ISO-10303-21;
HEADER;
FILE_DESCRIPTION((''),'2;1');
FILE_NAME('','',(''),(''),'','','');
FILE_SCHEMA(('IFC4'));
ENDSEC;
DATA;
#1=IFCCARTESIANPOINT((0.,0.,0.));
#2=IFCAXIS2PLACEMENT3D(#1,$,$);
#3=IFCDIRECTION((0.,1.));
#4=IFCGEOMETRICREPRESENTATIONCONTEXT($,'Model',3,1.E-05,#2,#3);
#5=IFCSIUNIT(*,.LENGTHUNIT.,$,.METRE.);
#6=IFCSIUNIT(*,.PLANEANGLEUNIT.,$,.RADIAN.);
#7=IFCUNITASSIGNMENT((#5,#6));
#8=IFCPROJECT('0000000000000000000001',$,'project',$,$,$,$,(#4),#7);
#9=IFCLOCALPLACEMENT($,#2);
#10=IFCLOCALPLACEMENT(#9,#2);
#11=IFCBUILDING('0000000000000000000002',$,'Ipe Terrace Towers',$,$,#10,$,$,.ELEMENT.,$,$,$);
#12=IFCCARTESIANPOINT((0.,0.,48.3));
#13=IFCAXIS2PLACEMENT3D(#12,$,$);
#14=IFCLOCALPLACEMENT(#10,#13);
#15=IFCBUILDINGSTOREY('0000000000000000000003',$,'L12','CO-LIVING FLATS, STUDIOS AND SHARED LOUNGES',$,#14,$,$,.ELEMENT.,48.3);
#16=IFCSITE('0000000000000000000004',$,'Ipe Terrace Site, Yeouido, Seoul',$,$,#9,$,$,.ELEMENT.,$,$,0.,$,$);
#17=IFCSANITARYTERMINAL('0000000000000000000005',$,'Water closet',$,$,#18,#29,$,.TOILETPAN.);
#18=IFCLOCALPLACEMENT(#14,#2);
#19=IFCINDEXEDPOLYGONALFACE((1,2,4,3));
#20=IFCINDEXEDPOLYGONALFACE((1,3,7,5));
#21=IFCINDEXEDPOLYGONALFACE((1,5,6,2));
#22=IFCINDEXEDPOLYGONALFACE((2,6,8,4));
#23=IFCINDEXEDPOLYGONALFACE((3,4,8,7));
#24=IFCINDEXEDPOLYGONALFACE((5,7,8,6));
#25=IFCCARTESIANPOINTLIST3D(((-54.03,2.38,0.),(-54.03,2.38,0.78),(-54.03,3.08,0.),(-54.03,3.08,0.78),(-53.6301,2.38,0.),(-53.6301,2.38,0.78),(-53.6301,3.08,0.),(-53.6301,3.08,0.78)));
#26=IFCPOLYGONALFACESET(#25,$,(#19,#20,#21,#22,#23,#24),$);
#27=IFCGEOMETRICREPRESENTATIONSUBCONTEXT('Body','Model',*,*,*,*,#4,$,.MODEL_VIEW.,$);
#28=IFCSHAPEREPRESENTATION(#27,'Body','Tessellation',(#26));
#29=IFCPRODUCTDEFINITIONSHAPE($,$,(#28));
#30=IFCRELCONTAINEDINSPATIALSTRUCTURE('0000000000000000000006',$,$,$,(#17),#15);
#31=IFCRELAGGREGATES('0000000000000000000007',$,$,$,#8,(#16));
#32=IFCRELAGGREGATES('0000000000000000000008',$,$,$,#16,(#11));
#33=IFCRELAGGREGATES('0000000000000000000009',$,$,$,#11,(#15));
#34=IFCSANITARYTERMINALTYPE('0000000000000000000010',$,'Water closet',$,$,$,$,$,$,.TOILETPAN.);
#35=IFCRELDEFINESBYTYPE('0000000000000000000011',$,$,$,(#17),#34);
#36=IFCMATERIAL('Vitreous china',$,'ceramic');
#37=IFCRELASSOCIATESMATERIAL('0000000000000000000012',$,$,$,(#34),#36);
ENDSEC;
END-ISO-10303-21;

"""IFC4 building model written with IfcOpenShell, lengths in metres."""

from ifc_helpers import new_model, si_unit, direction, frame, origin, origin_2d, place, context, subcontext, project, spatial, rectangle, extrude, material, type_object, element, save


model = new_model("IFC4")

# Units and contexts
model_context = context("Model", 3, precision=1e-05, world=origin(), true_north=direction((0.0, 1.0)))
body_context = subcontext(model_context, "Body", "Model", "MODEL_VIEW")
ifc_project = project(units=[si_unit("LENGTHUNIT", "METRE"), si_unit("PLANEANGLEUNIT", "RADIAN")], contexts=[model_context])

# Site, building, storey
site_placement = place(None, origin())
site = spatial("IfcSite", under=ifc_project, at=site_placement, Name="Ipe Terrace Site, Yeouido, Seoul", CompositionType="ELEMENT", RefElevation=0.0)
building_placement = place(site_placement, origin())
building = spatial("IfcBuilding", under=site, at=building_placement, Name="Ipe Terrace Towers", CompositionType="ELEMENT")
storey_placement = place(building_placement, frame((0.0, 0.0, 48.3)))
storey = spatial("IfcBuildingStorey", under=building, at=storey_placement, Name="L12", Description="CO-LIVING FLATS, STUDIOS AND SHARED LOUNGES", CompositionType="ELEMENT", Elevation=48.3)

# Sanitary terminal
ifc_material_1 = material(Name="Vitreous china", Category="ceramic")
sanitary_terminal_type_1 = type_object("IfcSanitaryTerminalType", Name="Water closet", PredefinedType="TOILETPAN", material=ifc_material_1)
sanitary_terminal_1_placement = place(storey_placement, frame((-53.8301, 2.73, 0.0), z_axis=(0.0, 0.0, 1.0), x_axis=(0.0, -1.0, 0.0)))
element("IfcSanitaryTerminal", 1, at=sanitary_terminal_1_placement, inside=storey, type_object=sanitary_terminal_type_1, Name="Water closet", PredefinedType="TOILETPAN", context=body_context, shape_type="SweptSolid", body=[
    extrude(rectangle(XDim=0.7, YDim=0.3999, at=origin_2d()), origin(), (0.0, 0.0, 1.0), 0.78),
])

save(model, "model.ifc")
